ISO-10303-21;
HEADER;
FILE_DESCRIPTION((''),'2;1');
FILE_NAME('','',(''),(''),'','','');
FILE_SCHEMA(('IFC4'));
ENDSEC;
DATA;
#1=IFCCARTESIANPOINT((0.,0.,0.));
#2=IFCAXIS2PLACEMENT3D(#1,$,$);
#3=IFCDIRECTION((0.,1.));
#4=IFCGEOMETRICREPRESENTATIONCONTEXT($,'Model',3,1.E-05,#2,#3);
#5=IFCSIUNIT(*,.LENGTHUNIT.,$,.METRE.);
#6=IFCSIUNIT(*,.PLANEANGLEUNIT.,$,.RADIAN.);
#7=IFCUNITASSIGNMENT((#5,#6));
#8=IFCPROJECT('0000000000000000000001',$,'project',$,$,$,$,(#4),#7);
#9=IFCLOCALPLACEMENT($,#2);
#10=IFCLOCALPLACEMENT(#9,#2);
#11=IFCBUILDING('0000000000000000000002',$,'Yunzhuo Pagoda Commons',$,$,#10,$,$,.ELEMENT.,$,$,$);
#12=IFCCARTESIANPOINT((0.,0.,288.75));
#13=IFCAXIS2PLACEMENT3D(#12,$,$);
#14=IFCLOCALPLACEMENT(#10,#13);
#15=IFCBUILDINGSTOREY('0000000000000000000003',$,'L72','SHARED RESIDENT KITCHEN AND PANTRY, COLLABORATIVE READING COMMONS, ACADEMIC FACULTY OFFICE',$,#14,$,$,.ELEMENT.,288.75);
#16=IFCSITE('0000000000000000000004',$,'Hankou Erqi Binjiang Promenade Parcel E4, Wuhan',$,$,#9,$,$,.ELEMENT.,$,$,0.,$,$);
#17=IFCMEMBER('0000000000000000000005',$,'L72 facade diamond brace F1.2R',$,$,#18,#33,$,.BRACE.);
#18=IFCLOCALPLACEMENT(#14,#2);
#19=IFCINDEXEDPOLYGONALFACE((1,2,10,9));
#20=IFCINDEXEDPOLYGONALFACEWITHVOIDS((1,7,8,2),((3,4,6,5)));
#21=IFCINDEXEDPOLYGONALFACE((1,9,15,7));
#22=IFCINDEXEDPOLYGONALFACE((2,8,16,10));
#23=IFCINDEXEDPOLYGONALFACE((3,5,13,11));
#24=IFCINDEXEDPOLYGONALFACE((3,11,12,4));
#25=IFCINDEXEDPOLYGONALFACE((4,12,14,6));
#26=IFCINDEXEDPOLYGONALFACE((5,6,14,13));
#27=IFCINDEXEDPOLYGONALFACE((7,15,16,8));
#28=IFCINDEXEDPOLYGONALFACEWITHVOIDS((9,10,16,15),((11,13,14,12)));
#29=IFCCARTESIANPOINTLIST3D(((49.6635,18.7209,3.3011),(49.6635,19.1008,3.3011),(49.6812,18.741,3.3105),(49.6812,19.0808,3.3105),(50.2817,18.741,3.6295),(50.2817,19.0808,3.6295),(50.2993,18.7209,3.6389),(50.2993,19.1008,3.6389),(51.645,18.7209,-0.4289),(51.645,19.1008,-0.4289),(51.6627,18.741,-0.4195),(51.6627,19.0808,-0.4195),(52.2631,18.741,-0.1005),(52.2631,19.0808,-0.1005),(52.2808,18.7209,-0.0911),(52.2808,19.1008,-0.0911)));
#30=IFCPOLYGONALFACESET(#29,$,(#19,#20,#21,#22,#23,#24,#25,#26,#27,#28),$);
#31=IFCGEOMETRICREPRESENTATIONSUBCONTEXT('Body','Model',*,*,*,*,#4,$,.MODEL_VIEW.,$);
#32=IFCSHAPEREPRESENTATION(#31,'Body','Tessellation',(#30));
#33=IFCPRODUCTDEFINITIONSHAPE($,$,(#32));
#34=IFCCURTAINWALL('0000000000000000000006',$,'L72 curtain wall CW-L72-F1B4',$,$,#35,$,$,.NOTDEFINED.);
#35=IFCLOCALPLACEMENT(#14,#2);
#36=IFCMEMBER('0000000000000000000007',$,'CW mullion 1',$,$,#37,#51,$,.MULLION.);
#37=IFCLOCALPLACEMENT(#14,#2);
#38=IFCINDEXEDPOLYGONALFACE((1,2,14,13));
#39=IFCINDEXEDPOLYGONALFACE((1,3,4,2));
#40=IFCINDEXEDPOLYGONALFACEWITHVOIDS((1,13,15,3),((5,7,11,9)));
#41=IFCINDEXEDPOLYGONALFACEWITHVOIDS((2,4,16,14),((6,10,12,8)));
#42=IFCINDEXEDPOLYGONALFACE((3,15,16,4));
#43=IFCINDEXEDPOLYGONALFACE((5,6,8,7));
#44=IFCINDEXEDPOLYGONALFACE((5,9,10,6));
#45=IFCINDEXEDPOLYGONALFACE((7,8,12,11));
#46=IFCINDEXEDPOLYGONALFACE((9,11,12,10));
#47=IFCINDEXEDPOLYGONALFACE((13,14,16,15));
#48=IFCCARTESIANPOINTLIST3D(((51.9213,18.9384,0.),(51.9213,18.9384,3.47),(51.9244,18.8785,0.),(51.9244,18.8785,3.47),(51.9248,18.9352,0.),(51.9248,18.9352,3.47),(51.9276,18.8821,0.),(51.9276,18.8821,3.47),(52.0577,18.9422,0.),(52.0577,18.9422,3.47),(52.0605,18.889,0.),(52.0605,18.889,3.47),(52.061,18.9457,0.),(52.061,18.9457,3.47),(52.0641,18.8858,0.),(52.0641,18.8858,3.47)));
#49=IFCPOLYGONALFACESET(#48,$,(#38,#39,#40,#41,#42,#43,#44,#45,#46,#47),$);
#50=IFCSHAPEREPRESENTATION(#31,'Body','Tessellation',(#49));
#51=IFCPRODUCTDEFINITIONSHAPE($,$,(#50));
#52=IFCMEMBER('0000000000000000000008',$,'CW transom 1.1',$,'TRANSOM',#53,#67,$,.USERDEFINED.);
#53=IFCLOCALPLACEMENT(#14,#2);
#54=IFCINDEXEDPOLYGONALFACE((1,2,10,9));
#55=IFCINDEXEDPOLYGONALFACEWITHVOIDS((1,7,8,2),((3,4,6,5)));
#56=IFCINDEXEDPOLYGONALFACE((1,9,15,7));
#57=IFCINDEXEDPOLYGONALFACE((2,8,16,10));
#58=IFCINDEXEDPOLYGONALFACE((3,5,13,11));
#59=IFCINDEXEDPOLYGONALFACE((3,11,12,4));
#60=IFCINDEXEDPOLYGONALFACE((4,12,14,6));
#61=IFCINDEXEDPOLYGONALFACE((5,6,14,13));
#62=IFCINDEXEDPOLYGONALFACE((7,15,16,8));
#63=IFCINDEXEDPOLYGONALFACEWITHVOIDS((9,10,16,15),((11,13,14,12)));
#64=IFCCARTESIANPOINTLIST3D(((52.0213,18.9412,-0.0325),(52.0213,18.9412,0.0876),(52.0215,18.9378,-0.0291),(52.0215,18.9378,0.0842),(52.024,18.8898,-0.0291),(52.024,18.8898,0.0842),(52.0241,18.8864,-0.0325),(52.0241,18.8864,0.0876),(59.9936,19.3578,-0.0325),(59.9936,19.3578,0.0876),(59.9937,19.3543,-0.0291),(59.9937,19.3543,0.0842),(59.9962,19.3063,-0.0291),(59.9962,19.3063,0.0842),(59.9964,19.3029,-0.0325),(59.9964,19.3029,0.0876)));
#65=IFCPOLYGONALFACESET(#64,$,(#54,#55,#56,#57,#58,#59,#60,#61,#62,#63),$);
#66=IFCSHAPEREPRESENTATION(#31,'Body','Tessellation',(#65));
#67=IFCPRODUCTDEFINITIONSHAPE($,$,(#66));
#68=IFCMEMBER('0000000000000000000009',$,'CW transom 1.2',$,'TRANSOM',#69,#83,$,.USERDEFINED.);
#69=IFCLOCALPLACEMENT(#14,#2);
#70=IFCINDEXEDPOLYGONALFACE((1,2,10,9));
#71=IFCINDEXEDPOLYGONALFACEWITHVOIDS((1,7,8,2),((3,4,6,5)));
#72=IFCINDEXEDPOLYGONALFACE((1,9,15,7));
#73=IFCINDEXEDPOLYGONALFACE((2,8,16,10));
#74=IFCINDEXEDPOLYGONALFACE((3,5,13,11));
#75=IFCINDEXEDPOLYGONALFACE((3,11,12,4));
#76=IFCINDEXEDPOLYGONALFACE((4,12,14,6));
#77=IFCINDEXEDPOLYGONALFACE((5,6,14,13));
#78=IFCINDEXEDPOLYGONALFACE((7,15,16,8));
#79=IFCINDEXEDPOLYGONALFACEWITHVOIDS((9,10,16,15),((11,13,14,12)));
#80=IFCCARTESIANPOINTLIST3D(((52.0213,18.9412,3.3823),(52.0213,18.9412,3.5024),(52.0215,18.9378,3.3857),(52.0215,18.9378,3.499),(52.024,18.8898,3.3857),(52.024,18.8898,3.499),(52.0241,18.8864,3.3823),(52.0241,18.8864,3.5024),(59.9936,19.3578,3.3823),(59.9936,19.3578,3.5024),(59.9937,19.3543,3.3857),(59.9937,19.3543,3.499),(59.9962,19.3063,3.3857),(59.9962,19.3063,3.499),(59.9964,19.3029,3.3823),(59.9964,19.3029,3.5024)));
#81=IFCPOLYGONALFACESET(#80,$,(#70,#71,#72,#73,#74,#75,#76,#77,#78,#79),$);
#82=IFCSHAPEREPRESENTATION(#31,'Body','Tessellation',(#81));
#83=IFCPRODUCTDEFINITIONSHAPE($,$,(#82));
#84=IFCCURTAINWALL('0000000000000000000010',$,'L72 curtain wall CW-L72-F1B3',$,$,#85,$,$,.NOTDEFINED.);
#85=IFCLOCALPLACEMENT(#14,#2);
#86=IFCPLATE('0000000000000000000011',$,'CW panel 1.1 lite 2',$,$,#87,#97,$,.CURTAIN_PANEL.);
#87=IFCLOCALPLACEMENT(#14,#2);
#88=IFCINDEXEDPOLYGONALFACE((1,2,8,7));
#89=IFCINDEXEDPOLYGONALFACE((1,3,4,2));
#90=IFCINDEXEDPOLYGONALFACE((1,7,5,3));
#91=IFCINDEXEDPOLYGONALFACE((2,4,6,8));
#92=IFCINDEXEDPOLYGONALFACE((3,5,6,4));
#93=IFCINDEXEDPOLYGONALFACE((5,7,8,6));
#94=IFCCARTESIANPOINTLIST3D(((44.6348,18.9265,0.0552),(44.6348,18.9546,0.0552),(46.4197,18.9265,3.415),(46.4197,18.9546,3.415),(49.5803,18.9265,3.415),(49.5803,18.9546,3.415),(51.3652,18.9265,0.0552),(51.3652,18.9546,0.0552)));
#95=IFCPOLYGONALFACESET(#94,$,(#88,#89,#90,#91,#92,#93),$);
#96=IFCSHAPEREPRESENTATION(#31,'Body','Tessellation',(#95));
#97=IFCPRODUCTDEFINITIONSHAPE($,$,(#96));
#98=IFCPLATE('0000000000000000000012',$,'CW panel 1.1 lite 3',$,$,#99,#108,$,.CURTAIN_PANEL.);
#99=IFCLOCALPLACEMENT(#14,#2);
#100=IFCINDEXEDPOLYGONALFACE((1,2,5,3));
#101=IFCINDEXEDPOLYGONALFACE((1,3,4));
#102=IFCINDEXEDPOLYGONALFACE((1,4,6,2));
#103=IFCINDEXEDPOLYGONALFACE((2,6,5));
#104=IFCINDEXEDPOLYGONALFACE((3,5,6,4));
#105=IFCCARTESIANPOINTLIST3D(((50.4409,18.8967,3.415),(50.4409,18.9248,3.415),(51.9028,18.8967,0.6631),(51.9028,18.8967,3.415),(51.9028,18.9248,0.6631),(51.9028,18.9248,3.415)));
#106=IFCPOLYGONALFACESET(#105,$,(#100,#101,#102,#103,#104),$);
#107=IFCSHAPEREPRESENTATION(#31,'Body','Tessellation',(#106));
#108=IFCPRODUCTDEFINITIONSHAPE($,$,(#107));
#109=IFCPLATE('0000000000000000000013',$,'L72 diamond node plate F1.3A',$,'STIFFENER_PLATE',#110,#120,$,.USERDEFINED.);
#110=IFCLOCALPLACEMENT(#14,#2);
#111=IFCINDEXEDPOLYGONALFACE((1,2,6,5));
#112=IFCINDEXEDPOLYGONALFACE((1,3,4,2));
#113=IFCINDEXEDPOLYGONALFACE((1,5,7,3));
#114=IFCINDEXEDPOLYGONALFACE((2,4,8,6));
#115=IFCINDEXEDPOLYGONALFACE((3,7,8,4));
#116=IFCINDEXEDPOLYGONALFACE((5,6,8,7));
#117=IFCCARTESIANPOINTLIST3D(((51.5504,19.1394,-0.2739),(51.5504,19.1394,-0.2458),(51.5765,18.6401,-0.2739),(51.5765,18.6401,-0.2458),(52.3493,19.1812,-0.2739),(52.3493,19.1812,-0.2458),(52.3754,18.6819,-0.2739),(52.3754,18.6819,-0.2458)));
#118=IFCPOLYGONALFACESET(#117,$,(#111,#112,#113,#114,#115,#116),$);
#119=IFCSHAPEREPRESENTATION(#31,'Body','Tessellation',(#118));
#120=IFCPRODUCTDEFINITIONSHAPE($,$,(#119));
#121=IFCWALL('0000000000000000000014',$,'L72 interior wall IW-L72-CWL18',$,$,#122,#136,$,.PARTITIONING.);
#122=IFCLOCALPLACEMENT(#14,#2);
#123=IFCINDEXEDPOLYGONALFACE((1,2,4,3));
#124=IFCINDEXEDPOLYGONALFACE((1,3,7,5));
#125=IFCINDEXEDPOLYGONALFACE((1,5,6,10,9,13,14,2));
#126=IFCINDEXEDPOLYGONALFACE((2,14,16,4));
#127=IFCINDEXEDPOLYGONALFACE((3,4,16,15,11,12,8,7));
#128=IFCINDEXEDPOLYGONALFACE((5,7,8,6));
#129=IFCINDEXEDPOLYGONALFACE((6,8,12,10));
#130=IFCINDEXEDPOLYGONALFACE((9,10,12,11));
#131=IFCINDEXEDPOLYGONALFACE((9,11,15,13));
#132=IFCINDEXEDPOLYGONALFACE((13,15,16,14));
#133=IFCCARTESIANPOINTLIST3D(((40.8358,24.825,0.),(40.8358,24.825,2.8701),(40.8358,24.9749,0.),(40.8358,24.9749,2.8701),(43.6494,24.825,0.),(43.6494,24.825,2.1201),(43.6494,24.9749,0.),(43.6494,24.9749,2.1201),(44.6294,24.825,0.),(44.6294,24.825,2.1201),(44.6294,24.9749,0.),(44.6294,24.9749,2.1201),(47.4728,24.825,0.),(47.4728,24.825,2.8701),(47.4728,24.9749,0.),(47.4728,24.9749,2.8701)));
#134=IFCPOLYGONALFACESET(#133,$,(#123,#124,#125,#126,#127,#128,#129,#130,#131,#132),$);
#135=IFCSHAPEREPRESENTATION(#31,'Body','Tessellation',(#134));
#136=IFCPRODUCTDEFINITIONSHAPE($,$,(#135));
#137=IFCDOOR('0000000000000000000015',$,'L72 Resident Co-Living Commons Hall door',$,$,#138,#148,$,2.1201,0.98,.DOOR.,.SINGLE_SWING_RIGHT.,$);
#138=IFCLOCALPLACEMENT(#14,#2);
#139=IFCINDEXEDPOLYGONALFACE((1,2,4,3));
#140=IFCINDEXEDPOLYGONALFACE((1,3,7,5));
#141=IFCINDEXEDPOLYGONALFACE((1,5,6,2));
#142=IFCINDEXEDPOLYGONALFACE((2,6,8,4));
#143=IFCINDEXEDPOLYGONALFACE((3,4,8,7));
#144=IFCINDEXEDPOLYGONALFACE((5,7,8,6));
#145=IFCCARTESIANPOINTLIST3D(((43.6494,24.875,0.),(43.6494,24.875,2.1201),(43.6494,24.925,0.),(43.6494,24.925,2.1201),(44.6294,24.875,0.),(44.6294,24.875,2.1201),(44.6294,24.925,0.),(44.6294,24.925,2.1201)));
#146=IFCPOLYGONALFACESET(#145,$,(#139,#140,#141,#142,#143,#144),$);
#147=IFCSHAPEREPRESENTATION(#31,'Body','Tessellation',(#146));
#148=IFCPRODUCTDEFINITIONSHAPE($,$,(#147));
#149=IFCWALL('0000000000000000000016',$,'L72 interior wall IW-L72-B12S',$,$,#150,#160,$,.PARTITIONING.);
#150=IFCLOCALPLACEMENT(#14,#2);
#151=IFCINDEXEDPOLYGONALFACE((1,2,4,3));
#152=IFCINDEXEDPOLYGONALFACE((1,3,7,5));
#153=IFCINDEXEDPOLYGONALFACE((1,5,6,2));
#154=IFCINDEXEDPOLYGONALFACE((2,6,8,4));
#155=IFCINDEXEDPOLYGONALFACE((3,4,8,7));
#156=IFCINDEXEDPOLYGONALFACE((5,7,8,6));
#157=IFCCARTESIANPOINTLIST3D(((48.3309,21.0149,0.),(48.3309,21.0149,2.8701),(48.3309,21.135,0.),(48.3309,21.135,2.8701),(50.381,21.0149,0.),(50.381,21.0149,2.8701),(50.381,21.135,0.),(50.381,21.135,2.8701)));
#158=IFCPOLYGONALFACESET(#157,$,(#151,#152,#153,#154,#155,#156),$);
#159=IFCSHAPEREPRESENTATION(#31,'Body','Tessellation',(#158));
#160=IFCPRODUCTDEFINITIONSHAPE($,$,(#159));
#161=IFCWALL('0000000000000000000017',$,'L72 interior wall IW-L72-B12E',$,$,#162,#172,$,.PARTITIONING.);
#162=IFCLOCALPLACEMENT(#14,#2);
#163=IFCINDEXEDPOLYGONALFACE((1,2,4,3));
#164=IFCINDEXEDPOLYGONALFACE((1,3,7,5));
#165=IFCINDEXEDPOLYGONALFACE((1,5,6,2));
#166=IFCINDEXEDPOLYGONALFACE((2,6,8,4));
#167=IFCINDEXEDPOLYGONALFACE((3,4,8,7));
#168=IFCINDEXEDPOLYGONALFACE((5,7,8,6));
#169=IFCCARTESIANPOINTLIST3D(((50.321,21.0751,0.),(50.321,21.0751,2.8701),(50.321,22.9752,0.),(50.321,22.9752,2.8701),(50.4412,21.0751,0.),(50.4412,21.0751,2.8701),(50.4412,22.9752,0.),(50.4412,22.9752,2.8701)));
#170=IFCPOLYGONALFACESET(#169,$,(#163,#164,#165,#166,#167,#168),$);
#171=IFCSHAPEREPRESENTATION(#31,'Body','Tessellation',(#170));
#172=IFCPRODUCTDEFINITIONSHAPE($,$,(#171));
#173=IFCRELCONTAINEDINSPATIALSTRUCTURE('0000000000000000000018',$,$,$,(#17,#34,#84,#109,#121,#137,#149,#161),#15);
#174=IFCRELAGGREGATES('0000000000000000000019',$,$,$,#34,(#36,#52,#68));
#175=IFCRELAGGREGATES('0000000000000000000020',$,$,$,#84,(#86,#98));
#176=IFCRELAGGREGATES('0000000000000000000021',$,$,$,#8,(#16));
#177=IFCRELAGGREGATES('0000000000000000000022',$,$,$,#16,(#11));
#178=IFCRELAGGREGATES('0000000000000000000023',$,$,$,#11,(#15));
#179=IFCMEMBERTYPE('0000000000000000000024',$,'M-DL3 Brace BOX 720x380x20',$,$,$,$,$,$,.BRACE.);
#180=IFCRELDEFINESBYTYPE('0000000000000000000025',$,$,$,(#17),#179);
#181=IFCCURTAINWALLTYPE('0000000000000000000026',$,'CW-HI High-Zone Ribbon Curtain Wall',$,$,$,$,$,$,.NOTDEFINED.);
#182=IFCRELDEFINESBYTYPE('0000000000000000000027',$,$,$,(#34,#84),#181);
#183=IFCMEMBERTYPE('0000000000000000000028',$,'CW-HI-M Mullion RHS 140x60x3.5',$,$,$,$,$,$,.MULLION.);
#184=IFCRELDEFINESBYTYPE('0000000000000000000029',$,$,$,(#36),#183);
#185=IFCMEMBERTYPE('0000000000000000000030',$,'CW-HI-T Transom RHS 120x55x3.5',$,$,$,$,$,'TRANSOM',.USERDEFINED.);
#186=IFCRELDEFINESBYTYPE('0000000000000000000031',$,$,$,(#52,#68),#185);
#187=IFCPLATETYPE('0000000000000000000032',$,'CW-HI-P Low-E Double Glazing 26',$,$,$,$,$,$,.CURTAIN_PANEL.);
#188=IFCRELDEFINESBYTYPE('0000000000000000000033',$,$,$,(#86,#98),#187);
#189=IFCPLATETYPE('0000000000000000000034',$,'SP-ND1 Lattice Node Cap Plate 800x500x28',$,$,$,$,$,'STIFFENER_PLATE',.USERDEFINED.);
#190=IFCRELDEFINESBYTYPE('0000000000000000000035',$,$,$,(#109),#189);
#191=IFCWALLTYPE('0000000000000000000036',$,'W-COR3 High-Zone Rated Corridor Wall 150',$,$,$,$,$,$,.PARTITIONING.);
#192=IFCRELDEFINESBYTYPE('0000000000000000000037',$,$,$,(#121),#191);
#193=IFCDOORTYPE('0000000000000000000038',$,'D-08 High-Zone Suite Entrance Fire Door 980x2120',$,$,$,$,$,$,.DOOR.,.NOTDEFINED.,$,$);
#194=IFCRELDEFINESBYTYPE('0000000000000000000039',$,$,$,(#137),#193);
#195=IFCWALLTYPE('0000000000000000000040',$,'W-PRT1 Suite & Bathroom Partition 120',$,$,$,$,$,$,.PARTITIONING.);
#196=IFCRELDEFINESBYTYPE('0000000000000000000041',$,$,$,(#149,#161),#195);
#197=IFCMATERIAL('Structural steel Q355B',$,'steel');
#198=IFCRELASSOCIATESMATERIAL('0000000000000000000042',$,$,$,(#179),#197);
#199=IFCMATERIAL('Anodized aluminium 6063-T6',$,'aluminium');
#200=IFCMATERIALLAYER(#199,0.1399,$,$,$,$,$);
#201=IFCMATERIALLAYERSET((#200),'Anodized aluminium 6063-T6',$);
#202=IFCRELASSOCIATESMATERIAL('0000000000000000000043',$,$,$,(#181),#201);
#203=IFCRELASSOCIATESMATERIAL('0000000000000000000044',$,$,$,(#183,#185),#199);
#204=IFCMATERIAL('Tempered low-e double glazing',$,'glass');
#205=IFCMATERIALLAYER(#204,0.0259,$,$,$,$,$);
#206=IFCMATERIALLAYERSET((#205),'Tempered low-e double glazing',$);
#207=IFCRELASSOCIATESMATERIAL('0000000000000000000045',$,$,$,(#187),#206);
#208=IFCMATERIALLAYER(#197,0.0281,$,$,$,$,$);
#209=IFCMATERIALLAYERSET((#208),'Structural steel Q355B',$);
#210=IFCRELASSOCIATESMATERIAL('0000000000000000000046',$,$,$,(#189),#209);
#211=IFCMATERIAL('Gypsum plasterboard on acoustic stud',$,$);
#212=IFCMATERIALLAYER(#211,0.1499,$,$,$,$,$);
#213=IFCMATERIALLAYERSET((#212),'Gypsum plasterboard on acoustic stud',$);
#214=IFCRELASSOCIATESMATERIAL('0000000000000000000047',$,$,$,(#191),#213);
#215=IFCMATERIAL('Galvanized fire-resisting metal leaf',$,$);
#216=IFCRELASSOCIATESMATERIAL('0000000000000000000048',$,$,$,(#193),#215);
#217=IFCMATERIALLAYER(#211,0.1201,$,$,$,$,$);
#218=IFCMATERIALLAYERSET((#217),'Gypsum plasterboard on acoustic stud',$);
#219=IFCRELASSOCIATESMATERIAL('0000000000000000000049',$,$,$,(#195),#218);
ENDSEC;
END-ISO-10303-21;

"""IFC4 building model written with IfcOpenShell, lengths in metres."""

from ifc_helpers import new_model, si_unit, direction, frame, frame_2d, origin, origin_with_axes, origin_2d, place, context, subcontext, project, spatial, polyline, rectangle, hollow_rectangle, outline, extrude, source, transform, mapped, material, layer, layer_set, material_profile, profile_set, type_object, element, fill, aggregate, save


model = new_model("IFC4")

# Units and contexts
model_context = context("Model", 3, precision=1e-05, world=origin(), true_north=direction((0.0, 1.0)))
body_context = subcontext(model_context, "Body", "Model", "MODEL_VIEW")
ifc_project = project(units=[si_unit("LENGTHUNIT", "METRE"), si_unit("PLANEANGLEUNIT", "RADIAN")], contexts=[model_context])

# Site, building, storey
site_placement = place(None, origin())
site = spatial("IfcSite", under=ifc_project, at=site_placement, Name="Hankou Erqi Binjiang Promenade Parcel E4, Wuhan", CompositionType="ELEMENT", RefElevation=0.0)
building_placement = place(site_placement, origin())
building = spatial("IfcBuilding", under=site, at=building_placement, Name="Yunzhuo Pagoda Commons", CompositionType="ELEMENT")
storey_placement = place(building_placement, frame((0.0, 0.0, 288.75)))
storey = spatial("IfcBuildingStorey", under=building, at=storey_placement, Name="L72", Description="SHARED RESIDENT KITCHEN AND PANTRY, COLLABORATIVE READING COMMONS, ACADEMIC FACULTY OFFICE", CompositionType="ELEMENT", Elevation=288.75)

# Shared definitions
ifc_material_1 = material(Name="Structural steel Q355B", Category="steel")

# Member
ifc_material_profile_1 = material_profile(ifc_material_1, hollow_rectangle(XDim=0.3799, YDim=0.72, WallThickness=0.02, at=origin_2d()), Name="Structural steel Q355B")
ifc_profile_set_1 = profile_set([ifc_material_profile_1], Name="Structural steel Q355B")
member_type_1 = type_object("IfcMemberType", Name="M-DL3 Brace BOX 720x380x20", PredefinedType="BRACE", material=ifc_profile_set_1)
shared_shape_1 = source(origin(), body_context, "Body", "SweptSolid", [
    extrude(hollow_rectangle(XDim=0.3799, YDim=0.72, WallThickness=0.02, at=origin_2d()), origin(), (0.0, 0.0, 1.0), 4.2236),
])
member_1_placement = place(storey_placement, frame((51.9629, 18.9109, -0.26), z_axis=(-0.469136, 0.0, 0.883126), x_axis=(0.0, -1.0, 0.0)))
element("IfcMember", 1, at=member_1_placement, inside=storey, type_object=member_type_1, Name="L72 facade diamond brace F1.2R", PredefinedType="BRACE", context=body_context, shape_type="MappedRepresentation", body=[
    mapped(shared_shape_1, transform((0.0, 0.0, 0.0), scale=1.0)),
])

# Curtain wall, members
ifc_material_2 = material(Name="Anodized aluminium 6063-T6", Category="aluminium")
ifc_layer_1 = layer(ifc_material_2, 0.1399)
ifc_layer_set_1 = layer_set([ifc_layer_1], Name="Anodized aluminium 6063-T6")
curtain_wall_type = type_object("IfcCurtainWallType", Name="CW-HI High-Zone Ribbon Curtain Wall", PredefinedType="NOTDEFINED", material=ifc_layer_set_1)
curtain_wall_1_placement = place(storey_placement, origin())
curtain_wall_1 = element("IfcCurtainWall", 2, at=curtain_wall_1_placement, inside=storey, type_object=curtain_wall_type, Name="L72 curtain wall CW-L72-F1B4", PredefinedType="NOTDEFINED")
ifc_material_profile_2 = material_profile(ifc_material_2, hollow_rectangle(XDim=0.0601, YDim=0.1399, WallThickness=0.0034, at=origin_2d()), Name="Anodized aluminium 6063-T6")
ifc_profile_set_2 = profile_set([ifc_material_profile_2], Name="Anodized aluminium 6063-T6")
member_type_2 = type_object("IfcMemberType", Name="CW-HI-M Mullion RHS 140x60x3.5", PredefinedType="MULLION", material=ifc_profile_set_2)
shared_shape_2 = source(origin(), body_context, "Body", "SweptSolid", [
    extrude(hollow_rectangle(XDim=0.0601, YDim=0.1399, WallThickness=0.0034, at=origin_2d()), origin(), (0.0, 0.0, 1.0), 3.47),
])
member_2_placement = place(storey_placement, frame((51.9927, 18.9121, 0.0), z_axis=(0.0, 0.0, 1.0), x_axis=(-0.05219, 0.998637, 0.0)))
member_2 = element("IfcMember", 3, at=member_2_placement, type_object=member_type_2, Name="CW mullion 1", PredefinedType="MULLION", context=body_context, shape_type="MappedRepresentation", body=[
    mapped(shared_shape_2, transform((0.0, 0.0, 0.0), scale=1.0)),
])
ifc_material_profile_3 = material_profile(ifc_material_2, hollow_rectangle(XDim=0.0549, YDim=0.1201, WallThickness=0.0034, at=origin_2d()), Name="Anodized aluminium 6063-T6")
ifc_profile_set_3 = profile_set([ifc_material_profile_3], Name="Anodized aluminium 6063-T6")
member_type_3 = type_object("IfcMemberType", Name="CW-HI-T Transom RHS 120x55x3.5", ElementType="TRANSOM", PredefinedType="USERDEFINED", material=ifc_profile_set_3)
shared_shape_3 = source(origin(), body_context, "Body", "SweptSolid", [
    extrude(hollow_rectangle(XDim=0.0549, YDim=0.1201, WallThickness=0.0034, at=origin_2d()), origin(), (0.0, 0.0, 1.0), 7.9832),
])
member_3_placement = place(storey_placement, frame((52.0227, 18.9138, 0.0276), z_axis=(0.998638, 0.052174, 0.0), x_axis=(-0.052174, 0.998638, 0.0)))
member_3 = element("IfcMember", 4, at=member_3_placement, type_object=member_type_3, Name="CW transom 1.1", ObjectType="TRANSOM", PredefinedType="USERDEFINED", context=body_context, shape_type="MappedRepresentation", body=[
    mapped(shared_shape_3, transform((0.0, 0.0, 0.0), scale=1.0)),
])
member_4_placement = place(storey_placement, frame((52.0227, 18.9138, 3.4424), z_axis=(0.998638, 0.052174, 0.0), x_axis=(-0.052174, 0.998638, 0.0)))
member_4 = element("IfcMember", 5, at=member_4_placement, type_object=member_type_3, Name="CW transom 1.2", ObjectType="TRANSOM", PredefinedType="USERDEFINED", context=body_context, shape_type="MappedRepresentation", body=[
    mapped(shared_shape_3, transform((0.0, 0.0, 0.0), scale=1.0)),
])
aggregate(curtain_wall_1, [member_2, member_3, member_4])

# Curtain wall, plates
curtain_wall_2_placement = place(storey_placement, origin())
curtain_wall_2 = element("IfcCurtainWall", 6, at=curtain_wall_2_placement, inside=storey, type_object=curtain_wall_type, Name="L72 curtain wall CW-L72-F1B3", PredefinedType="NOTDEFINED")
ifc_material_3 = material(Name="Tempered low-e double glazing", Category="glass")
ifc_layer_2 = layer(ifc_material_3, 0.0259)
ifc_layer_set_2 = layer_set([ifc_layer_2], Name="Tempered low-e double glazing")
plate_type_1 = type_object("IfcPlateType", Name="CW-HI-P Low-E Double Glazing 26", PredefinedType="CURTAIN_PANEL", material=ifc_layer_set_2)
plate_1_placement = place(storey_placement, frame((48.0, 18.9546, 1.7351), z_axis=(0.0, -1.0, 0.0), x_axis=(1.0, 0.0, 0.0)))
plate_1 = element("IfcPlate", 7, at=plate_1_placement, type_object=plate_type_1, Name="CW panel 1.1 lite 2", PredefinedType="CURTAIN_PANEL", context=body_context, shape_type="SweptSolid", body=[
    extrude(outline(polyline([(-3.3652, -1.6799), (3.3652, -1.6799), (1.5803, 1.6799), (-1.5803, 1.6799), (-3.3652, -1.6799)])), origin(), (0.0, 0.0, 1.0), 0.0281),
])
plate_2_placement = place(storey_placement, frame((51.1719, 18.9248, 2.0391), z_axis=(0.0, -1.0, 0.0), x_axis=(1.0, 0.0, 0.0)))
plate_2 = element("IfcPlate", 8, at=plate_2_placement, type_object=plate_type_1, Name="CW panel 1.1 lite 3", PredefinedType="CURTAIN_PANEL", context=body_context, shape_type="SweptSolid", body=[
    extrude(outline(polyline([(-0.731, 1.376), (0.731, -1.376), (0.731, 1.376), (-0.731, 1.376)])), origin(), (0.0, 0.0, 1.0), 0.0281),
])
aggregate(curtain_wall_2, [plate_1, plate_2])

# Plate
ifc_layer_3 = layer(ifc_material_1, 0.0281)
ifc_layer_set_3 = layer_set([ifc_layer_3], Name="Structural steel Q355B")
plate_type_2 = type_object("IfcPlateType", Name="SP-ND1 Lattice Node Cap Plate 800x500x28", ElementType="STIFFENER_PLATE", PredefinedType="USERDEFINED", material=ifc_layer_set_3)
shared_shape_4 = source(origin(), body_context, "Body", "SweptSolid", [
    extrude(rectangle(XDim=0.8, YDim=0.5, at=origin_2d()), origin(), (0.0, 0.0, 1.0), 0.0281),
])
plate_3_placement = place(storey_placement, frame((51.9629, 18.9106, -0.2739), z_axis=(0.0, 0.0, 1.0), x_axis=(0.998637, 0.052197, 0.0)))
element("IfcPlate", 9, at=plate_3_placement, inside=storey, type_object=plate_type_2, Name="L72 diamond node plate F1.3A", ObjectType="STIFFENER_PLATE", PredefinedType="USERDEFINED", context=body_context, shape_type="MappedRepresentation", body=[
    mapped(shared_shape_4, transform((0.0, 0.0, 0.0), scale=1.0)),
])

# Wall, opening, door
ifc_material_4 = material(Name="Gypsum plasterboard on acoustic stud")
ifc_layer_4 = layer(ifc_material_4, 0.1499)
ifc_layer_set_4 = layer_set([ifc_layer_4], Name="Gypsum plasterboard on acoustic stud")
wall_type_1 = type_object("IfcWallType", Name="W-COR3 High-Zone Rated Corridor Wall 150", PredefinedType="PARTITIONING", material=ifc_layer_set_4)
ifc_material_5 = material(Name="Galvanized fire-resisting metal leaf")
door_type_1 = type_object("IfcDoorType", Name="D-08 High-Zone Suite Entrance Fire Door 980x2120", OperationType="NOTDEFINED", PredefinedType="DOOR", material=ifc_material_5)
shared_shape_5 = source(origin(), body_context, "Body", "SweptSolid", [
    extrude(rectangle(XDim=0.98, YDim=2.1201, at=frame_2d((0.49, 1.0601))), frame((0.0, 0.0249, 0.0), z_axis=(0.0, -1.0, 0.0), x_axis=(1.0, 0.0, 0.0)), (0.0, 0.0, 1.0), 0.05),
])
wall_1_placement = place(storey_placement, frame((47.4727, 24.8999, 0.0), z_axis=(0.0, 0.0, 1.0), x_axis=(-1.0, 0.0, 0.0)))
wall_1 = element("IfcWall", 10, at=wall_1_placement, inside=storey, type_object=wall_type_1, Name="L72 interior wall IW-L72-CWL18", PredefinedType="PARTITIONING", context=body_context, shape_type="SweptSolid", body=[
    extrude(rectangle(XDim=6.637, YDim=0.1499, at=frame_2d((3.3184, 0.0))), origin(), (0.0, 0.0, 1.0), 2.8701),
])
opening_1_placement = place(wall_1_placement, frame((2.8433, 0.0, 0.0)))
opening_1 = element("IfcOpeningElement", 11, at=opening_1_placement, cuts=wall_1, PredefinedType="OPENING", context=body_context, shape_type="SweptSolid", body=[
    extrude(rectangle(XDim=0.98, YDim=2.1201, at=frame_2d((0.49, 1.0601))), frame((0.0, 0.085, 0.0), z_axis=(0.0, -1.0, 0.0), x_axis=(1.0, 0.0, 0.0)), (0.0, 0.0, 1.0), 0.1699),
])
door_1_placement = place(opening_1_placement, origin_with_axes())
door_1 = element("IfcDoor", 12, at=door_1_placement, inside=storey, type_object=door_type_1, Name="L72 Resident Co-Living Commons Hall door", OperationType="SINGLE_SWING_RIGHT", OverallHeight=2.1201, OverallWidth=0.98, PredefinedType="DOOR", context=body_context, shape_type="MappedRepresentation", body=[
    mapped(shared_shape_5, transform((0.0, 0.0, 0.0), scale=1.0)),
])
fill(opening_1, door_1)

# Walls
ifc_layer_5 = layer(ifc_material_4, 0.1201)
ifc_layer_set_5 = layer_set([ifc_layer_5], Name="Gypsum plasterboard on acoustic stud")
wall_type_2 = type_object("IfcWallType", Name="W-PRT1 Suite & Bathroom Partition 120", PredefinedType="PARTITIONING", material=ifc_layer_set_5)
wall_2_placement = place(storey_placement, frame((48.3311, 21.075, 0.0), z_axis=(0.0, 0.0, 1.0), x_axis=(1.0, 0.0, 0.0)))
element("IfcWall", 13, at=wall_2_placement, inside=storey, type_object=wall_type_2, Name="L72 interior wall IW-L72-B12S", PredefinedType="PARTITIONING", context=body_context, shape_type="SweptSolid", body=[
    extrude(rectangle(XDim=2.05, YDim=0.1201, at=frame_2d((1.0249, 0.0))), origin(), (0.0, 0.0, 1.0), 2.8701),
])
wall_3_placement = place(storey_placement, frame((50.3811, 21.075, 0.0), z_axis=(0.0, 0.0, 1.0), x_axis=(0.0, 1.0, 0.0)))
element("IfcWall", 14, at=wall_3_placement, inside=storey, type_object=wall_type_2, Name="L72 interior wall IW-L72-B12E", PredefinedType="PARTITIONING", context=body_context, shape_type="SweptSolid", body=[
    extrude(rectangle(XDim=1.9001, YDim=0.1201, at=frame_2d((0.9502, 0.0))), origin(), (0.0, 0.0, 1.0), 2.8701),
])

save(model, "model.ifc")
